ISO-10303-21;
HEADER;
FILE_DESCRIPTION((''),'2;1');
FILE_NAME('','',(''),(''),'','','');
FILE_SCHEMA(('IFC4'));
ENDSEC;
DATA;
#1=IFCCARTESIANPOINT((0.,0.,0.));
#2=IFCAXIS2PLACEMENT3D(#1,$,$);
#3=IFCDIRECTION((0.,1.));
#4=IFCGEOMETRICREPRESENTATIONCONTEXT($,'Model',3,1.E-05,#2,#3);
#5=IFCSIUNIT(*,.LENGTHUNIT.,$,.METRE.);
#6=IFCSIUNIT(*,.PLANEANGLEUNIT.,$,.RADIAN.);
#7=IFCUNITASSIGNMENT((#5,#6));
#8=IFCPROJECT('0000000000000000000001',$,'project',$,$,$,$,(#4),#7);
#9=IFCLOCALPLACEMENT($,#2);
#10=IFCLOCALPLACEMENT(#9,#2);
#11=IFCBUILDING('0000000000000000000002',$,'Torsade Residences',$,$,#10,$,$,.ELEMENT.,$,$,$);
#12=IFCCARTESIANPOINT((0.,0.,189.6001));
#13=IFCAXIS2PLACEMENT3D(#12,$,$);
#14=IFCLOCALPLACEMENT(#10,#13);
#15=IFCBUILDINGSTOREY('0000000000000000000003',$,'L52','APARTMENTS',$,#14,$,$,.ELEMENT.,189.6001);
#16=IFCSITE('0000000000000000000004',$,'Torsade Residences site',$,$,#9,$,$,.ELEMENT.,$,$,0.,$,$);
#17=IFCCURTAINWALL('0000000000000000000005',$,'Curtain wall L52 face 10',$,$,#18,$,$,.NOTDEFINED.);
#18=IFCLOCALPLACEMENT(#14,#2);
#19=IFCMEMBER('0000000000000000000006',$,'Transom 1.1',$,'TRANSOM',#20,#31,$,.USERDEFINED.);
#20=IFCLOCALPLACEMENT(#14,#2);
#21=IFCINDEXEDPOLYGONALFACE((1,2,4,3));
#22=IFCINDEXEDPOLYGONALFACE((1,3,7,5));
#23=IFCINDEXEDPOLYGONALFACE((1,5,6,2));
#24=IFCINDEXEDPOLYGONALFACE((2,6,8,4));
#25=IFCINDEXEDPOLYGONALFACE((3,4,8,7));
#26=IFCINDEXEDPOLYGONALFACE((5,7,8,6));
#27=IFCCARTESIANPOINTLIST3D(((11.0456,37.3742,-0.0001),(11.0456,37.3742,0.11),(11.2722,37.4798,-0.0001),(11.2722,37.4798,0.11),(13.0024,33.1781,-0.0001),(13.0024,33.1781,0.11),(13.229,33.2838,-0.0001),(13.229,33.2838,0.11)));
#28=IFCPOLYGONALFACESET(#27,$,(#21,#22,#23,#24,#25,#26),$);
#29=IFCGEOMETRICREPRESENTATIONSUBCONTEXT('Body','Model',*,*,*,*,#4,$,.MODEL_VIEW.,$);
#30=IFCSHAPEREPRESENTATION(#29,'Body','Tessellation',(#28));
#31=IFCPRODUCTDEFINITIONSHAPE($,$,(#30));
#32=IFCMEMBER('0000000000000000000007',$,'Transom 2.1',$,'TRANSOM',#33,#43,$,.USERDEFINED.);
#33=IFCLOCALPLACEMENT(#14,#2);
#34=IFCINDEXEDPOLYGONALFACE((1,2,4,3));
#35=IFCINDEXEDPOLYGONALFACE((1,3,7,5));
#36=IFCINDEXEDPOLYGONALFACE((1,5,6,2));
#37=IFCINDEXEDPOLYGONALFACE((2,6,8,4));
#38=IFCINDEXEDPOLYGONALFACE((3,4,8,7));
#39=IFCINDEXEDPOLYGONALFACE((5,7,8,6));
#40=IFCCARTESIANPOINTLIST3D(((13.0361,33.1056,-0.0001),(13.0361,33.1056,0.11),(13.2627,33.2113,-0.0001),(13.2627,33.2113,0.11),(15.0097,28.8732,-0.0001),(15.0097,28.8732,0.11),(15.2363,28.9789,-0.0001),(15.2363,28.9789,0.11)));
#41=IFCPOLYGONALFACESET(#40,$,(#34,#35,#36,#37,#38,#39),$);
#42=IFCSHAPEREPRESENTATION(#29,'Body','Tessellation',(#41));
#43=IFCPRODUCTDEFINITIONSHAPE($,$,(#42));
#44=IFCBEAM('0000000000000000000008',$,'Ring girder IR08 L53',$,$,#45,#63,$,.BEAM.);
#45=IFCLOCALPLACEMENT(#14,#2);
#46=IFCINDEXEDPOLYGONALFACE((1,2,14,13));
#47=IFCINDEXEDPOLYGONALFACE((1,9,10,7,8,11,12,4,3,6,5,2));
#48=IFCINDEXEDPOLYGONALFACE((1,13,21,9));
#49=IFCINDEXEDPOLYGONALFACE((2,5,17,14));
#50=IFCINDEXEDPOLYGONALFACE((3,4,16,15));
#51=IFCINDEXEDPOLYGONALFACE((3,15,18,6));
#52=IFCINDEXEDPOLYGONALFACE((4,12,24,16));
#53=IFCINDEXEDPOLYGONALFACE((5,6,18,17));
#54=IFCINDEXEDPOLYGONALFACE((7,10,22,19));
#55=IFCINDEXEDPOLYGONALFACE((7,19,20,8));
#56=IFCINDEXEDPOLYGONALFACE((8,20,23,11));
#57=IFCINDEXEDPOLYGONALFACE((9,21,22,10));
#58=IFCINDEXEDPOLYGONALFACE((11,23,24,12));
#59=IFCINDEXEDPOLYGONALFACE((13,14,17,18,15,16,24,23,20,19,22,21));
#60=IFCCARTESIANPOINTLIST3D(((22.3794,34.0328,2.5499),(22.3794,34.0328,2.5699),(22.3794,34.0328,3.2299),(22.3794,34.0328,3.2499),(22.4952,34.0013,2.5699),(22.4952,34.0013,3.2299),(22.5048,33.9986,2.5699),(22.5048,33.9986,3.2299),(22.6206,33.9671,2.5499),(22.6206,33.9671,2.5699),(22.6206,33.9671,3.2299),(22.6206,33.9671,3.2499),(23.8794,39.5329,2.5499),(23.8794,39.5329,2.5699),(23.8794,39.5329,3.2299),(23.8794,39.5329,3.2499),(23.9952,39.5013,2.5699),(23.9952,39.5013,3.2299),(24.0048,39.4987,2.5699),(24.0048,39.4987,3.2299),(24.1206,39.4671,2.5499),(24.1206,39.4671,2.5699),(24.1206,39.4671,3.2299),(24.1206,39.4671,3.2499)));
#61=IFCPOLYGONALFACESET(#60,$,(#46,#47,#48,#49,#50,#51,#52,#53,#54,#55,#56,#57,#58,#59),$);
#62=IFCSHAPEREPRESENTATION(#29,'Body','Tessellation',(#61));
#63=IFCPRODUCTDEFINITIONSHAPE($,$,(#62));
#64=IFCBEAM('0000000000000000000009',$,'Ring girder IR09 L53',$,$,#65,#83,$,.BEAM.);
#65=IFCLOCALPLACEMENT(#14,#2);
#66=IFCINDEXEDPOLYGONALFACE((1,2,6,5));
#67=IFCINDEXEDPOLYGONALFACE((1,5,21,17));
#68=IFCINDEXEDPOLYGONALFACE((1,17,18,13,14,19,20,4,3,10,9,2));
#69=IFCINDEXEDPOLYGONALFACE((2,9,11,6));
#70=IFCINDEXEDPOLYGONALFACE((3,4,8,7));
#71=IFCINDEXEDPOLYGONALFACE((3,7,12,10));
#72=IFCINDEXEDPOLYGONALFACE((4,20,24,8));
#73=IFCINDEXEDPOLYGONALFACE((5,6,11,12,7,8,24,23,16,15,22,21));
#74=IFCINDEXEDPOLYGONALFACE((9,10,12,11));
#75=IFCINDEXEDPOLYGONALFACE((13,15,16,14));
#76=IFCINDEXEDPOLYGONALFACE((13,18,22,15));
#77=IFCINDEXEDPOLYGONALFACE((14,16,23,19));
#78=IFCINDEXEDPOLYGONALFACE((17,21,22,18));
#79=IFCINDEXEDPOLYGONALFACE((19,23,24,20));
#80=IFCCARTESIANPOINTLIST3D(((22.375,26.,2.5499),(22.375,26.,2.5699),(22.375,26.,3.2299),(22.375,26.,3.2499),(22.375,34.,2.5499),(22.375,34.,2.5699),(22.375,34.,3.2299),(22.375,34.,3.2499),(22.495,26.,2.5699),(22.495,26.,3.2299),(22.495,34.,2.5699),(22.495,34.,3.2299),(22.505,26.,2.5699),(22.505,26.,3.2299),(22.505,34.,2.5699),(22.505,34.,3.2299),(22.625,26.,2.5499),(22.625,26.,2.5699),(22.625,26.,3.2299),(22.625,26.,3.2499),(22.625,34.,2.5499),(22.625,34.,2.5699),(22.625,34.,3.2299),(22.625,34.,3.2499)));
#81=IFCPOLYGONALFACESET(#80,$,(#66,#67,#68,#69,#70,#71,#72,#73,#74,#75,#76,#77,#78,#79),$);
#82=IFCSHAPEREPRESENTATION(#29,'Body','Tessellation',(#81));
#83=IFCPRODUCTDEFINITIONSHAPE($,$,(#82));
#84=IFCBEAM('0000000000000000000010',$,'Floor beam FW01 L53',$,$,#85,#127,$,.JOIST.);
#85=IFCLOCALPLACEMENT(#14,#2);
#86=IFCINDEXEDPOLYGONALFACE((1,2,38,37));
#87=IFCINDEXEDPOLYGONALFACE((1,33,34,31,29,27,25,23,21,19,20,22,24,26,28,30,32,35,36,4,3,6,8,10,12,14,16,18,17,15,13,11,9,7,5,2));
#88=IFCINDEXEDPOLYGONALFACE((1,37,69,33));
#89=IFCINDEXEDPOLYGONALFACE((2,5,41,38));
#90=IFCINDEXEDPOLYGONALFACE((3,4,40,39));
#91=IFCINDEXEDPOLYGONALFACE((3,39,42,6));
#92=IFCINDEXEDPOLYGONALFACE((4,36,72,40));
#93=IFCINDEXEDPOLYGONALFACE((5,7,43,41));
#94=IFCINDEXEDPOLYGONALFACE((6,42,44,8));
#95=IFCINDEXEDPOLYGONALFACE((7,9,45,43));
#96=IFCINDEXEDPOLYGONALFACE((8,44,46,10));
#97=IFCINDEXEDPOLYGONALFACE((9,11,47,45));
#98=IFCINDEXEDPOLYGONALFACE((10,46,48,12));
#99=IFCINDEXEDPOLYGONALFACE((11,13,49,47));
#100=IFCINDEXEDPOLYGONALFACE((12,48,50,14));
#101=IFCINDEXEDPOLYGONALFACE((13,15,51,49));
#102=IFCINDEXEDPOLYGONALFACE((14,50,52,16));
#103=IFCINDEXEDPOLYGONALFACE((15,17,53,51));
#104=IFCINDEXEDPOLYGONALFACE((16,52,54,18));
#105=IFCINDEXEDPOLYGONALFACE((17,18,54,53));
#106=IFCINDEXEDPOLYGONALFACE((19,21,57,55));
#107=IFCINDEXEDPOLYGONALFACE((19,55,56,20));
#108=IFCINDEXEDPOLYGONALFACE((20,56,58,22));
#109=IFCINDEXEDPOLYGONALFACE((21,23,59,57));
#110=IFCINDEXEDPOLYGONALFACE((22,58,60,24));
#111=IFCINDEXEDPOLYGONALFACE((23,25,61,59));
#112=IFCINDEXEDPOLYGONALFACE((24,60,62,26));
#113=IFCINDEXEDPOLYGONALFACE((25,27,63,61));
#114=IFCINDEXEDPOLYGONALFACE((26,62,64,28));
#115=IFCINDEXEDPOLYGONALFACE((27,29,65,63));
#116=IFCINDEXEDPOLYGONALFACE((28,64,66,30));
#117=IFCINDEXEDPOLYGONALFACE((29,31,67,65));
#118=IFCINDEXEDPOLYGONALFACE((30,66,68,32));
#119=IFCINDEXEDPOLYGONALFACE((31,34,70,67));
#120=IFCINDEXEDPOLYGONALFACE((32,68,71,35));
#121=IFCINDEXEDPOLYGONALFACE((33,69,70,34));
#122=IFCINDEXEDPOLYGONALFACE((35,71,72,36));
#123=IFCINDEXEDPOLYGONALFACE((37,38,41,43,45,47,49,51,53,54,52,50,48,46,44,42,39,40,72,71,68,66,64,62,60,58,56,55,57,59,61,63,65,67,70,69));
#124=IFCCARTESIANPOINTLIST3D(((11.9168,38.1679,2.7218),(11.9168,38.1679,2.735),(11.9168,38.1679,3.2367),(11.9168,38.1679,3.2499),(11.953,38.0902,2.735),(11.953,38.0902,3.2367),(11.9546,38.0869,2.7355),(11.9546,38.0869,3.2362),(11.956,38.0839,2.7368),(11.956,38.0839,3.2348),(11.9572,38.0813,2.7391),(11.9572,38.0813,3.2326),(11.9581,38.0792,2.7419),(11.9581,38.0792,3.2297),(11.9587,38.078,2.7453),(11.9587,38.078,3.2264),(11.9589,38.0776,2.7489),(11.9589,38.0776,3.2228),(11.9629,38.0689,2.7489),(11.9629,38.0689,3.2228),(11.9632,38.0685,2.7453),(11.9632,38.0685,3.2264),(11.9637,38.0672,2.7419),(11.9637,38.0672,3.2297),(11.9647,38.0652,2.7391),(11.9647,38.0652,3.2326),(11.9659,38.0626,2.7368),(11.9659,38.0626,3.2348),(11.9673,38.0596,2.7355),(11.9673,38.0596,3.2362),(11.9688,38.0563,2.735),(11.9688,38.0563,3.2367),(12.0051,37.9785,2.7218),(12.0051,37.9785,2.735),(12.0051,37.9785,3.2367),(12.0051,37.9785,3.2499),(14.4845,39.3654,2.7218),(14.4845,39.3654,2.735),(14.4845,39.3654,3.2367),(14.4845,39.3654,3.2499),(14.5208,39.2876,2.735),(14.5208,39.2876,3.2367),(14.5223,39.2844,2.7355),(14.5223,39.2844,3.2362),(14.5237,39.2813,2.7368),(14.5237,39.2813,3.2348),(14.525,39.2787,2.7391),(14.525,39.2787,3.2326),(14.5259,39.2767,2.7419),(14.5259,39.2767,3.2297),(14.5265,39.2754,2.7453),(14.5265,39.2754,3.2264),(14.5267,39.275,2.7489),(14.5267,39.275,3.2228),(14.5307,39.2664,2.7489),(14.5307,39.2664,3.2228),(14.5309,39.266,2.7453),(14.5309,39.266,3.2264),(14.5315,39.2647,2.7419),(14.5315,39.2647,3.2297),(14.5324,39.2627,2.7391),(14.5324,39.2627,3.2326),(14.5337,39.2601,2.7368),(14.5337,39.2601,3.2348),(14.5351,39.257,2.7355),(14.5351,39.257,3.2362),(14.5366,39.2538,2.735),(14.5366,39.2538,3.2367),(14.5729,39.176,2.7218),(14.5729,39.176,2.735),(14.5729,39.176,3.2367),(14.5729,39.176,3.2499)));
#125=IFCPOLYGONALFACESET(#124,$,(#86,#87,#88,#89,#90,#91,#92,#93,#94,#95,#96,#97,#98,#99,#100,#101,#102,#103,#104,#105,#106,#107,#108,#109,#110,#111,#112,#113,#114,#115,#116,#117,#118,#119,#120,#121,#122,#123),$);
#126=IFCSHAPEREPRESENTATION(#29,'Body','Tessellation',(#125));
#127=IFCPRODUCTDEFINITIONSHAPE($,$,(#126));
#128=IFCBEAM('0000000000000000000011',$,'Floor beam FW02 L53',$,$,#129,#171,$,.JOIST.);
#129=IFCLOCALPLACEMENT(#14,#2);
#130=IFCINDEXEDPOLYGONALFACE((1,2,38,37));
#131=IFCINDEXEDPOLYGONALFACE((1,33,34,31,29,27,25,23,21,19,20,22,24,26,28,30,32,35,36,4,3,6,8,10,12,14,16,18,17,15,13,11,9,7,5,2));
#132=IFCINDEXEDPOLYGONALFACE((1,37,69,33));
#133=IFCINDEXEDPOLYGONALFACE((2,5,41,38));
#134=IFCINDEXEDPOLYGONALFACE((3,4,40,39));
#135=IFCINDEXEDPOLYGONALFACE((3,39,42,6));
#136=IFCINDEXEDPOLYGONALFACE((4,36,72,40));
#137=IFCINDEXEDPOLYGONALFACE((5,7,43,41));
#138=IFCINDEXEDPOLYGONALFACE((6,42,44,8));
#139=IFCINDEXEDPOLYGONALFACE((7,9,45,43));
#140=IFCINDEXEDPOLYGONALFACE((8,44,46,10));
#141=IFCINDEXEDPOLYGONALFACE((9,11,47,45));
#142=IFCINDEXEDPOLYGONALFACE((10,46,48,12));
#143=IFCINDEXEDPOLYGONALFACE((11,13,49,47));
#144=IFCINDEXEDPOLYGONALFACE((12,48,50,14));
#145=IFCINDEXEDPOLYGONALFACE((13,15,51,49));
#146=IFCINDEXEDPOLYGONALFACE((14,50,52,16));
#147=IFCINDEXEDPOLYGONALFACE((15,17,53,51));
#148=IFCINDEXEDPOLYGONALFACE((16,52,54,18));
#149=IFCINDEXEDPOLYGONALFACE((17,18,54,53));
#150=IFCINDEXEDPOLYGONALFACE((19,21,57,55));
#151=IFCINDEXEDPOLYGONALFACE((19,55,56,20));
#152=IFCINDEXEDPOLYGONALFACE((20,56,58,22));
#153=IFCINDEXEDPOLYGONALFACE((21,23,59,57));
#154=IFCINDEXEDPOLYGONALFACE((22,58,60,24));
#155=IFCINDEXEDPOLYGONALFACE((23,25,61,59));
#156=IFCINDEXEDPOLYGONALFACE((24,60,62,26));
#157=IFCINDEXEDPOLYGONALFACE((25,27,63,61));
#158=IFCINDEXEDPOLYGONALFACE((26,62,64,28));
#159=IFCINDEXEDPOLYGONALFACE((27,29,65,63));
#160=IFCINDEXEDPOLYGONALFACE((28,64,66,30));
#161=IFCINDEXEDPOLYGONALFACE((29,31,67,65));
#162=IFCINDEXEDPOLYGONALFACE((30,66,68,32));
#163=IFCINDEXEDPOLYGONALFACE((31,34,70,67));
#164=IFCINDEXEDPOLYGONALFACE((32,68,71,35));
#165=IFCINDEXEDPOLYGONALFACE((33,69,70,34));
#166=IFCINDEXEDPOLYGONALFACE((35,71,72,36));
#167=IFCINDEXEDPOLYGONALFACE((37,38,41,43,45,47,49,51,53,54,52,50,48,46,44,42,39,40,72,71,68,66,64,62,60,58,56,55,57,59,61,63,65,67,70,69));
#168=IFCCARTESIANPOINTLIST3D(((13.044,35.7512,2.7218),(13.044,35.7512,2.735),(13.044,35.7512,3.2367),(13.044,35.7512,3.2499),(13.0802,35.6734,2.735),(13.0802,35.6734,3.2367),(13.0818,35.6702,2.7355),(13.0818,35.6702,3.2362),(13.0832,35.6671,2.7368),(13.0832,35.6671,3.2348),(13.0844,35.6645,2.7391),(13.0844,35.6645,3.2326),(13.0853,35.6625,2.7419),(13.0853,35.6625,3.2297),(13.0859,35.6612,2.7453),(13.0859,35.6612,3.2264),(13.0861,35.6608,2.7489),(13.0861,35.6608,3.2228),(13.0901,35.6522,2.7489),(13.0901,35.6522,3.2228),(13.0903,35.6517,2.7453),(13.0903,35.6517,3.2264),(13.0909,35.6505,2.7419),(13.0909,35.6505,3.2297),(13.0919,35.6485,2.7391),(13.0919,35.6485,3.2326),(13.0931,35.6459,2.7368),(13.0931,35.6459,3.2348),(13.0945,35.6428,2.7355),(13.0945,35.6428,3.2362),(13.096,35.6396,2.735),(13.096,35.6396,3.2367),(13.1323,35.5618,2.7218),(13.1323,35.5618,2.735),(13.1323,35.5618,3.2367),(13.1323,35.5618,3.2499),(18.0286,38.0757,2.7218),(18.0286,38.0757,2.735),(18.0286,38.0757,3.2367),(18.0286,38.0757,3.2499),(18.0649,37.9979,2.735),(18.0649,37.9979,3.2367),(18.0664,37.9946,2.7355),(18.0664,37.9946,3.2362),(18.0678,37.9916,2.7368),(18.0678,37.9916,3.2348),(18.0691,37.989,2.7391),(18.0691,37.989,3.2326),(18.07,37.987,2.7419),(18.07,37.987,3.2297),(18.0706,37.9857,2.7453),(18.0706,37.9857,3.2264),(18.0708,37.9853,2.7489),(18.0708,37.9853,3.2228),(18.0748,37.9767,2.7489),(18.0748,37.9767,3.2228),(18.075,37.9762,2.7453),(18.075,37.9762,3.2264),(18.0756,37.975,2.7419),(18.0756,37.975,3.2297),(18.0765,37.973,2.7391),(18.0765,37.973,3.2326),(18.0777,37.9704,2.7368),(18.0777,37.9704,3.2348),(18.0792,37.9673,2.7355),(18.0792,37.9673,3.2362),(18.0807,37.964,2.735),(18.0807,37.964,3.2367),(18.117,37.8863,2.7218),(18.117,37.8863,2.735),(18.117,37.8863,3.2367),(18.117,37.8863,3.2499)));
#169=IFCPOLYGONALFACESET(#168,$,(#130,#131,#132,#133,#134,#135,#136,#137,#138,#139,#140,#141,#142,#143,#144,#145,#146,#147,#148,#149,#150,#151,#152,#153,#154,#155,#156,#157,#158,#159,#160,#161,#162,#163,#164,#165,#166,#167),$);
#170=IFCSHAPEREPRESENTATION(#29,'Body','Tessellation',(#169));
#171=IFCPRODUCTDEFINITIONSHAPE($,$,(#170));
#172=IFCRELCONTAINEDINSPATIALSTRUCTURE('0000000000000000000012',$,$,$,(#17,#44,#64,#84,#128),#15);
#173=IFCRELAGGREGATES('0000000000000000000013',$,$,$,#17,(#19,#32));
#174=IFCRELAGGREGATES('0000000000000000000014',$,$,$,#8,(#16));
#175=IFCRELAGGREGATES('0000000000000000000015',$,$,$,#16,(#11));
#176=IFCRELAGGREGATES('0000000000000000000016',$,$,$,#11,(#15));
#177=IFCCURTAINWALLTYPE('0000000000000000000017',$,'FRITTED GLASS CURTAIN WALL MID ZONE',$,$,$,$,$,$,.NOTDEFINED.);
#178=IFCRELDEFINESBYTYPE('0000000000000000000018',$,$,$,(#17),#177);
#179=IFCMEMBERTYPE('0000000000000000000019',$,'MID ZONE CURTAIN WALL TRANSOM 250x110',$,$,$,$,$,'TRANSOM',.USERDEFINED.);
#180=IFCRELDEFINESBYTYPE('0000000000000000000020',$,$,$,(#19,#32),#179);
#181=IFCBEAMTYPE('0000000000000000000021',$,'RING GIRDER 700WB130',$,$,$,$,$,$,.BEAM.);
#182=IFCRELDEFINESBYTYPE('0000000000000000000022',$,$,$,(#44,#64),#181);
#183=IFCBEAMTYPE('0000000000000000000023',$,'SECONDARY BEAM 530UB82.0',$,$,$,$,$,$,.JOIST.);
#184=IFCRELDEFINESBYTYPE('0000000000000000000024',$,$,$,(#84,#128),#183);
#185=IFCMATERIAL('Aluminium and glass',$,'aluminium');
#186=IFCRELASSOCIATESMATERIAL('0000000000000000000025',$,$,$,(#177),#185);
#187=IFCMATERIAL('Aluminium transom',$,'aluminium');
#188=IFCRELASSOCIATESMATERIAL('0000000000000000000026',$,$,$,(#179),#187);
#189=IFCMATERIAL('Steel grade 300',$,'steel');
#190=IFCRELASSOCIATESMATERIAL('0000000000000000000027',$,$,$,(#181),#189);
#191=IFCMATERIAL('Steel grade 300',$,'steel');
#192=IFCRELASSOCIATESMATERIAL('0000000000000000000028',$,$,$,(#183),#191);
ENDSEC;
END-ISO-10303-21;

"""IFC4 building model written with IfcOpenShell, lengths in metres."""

from ifc_helpers import new_model, si_unit, direction, frame, origin, origin_2d, place, context, subcontext, project, spatial, rectangle, i_section, extrude, material, material_profile, profile_set, type_object, element, aggregate, save


model = new_model("IFC4")

# Units and contexts
model_context = context("Model", 3, precision=1e-05, world=origin(), true_north=direction((0.0, 1.0)))
body_context = subcontext(model_context, "Body", "Model", "MODEL_VIEW")
ifc_project = project(units=[si_unit("LENGTHUNIT", "METRE"), si_unit("PLANEANGLEUNIT", "RADIAN")], contexts=[model_context])

# Site, building, storey
site_placement = place(None, origin())
site = spatial("IfcSite", under=ifc_project, at=site_placement, Name="Torsade Residences site", CompositionType="ELEMENT", RefElevation=0.0)
building_placement = place(site_placement, origin())
building = spatial("IfcBuilding", under=site, at=building_placement, Name="Torsade Residences", CompositionType="ELEMENT")
storey_placement = place(building_placement, frame((0.0, 0.0, 189.6001)))
storey = spatial("IfcBuildingStorey", under=building, at=storey_placement, Name="L52", Description="APARTMENTS", CompositionType="ELEMENT", Elevation=189.6001)

# Curtain wall, members
ifc_material_1 = material(Name="Aluminium and glass", Category="aluminium")
curtain_wall_type = type_object("IfcCurtainWallType", Name="FRITTED GLASS CURTAIN WALL MID ZONE", PredefinedType="NOTDEFINED", material=ifc_material_1)
curtain_wall_placement = place(storey_placement, origin())
curtain_wall = element("IfcCurtainWall", 1, at=curtain_wall_placement, inside=storey, type_object=curtain_wall_type, Name="Curtain wall L52 face 10", PredefinedType="NOTDEFINED")
ifc_material_2 = material(Name="Aluminium transom", Category="aluminium")
ifc_material_profile_1 = material_profile(ifc_material_2, rectangle(XDim=0.25, YDim=0.1101, at=origin_2d()), Name="MID ZONE CURTAIN WALL TRANSOM 250x110")
ifc_profile_set_1 = profile_set([ifc_material_profile_1], Name="Aluminium transom")
member_type_1 = type_object("IfcMemberType", Name="MID ZONE CURTAIN WALL TRANSOM 250x110", ElementType="TRANSOM", PredefinedType="USERDEFINED", material=ifc_profile_set_1)
member_1_placement = place(storey_placement, frame((11.1589, 37.427, 0.0549), z_axis=(0.422643, -0.906296, 0.0), x_axis=(0.906296, 0.422643, 0.0)))
member_1 = element("IfcMember", 2, at=member_1_placement, type_object=member_type_1, Name="Transom 1.1", ObjectType="TRANSOM", PredefinedType="USERDEFINED", context=body_context, shape_type="SweptSolid", body=[
    extrude(rectangle(XDim=0.25, YDim=0.1101, at=origin_2d()), origin(), (0.0, 0.0, 1.0), 4.6299),
])
member_2_placement = place(storey_placement, frame((13.1494, 33.1584, 0.0549), z_axis=(0.422622, -0.906306, 0.0), x_axis=(0.906306, 0.422622, 0.0)))
member_2 = element("IfcMember", 3, at=member_2_placement, type_object=member_type_1, Name="Transom 2.1", ObjectType="TRANSOM", PredefinedType="USERDEFINED", context=body_context, shape_type="SweptSolid", body=[
    extrude(rectangle(XDim=0.25, YDim=0.1101, at=origin_2d()), origin(), (0.0, 0.0, 1.0), 4.6699),
])

# Beams
ifc_material_3 = material(Name="Steel grade 300", Category="steel")
ifc_material_profile_2 = material_profile(ifc_material_3, i_section(OverallWidth=0.25, OverallDepth=0.7, WebThickness=0.01, FlangeThickness=0.02, at=origin_2d()), Name="700WB130")
ifc_profile_set_2 = profile_set([ifc_material_profile_2], Name="Steel grade 300")
beam_type_1 = type_object("IfcBeamType", Name="RING GIRDER 700WB130", PredefinedType="BEAM", material=ifc_profile_set_2)
beam_1_placement = place(storey_placement, frame((24.0, 39.5, 2.8999), z_axis=(-0.263117, -0.964764, 0.0), x_axis=(0.964764, -0.263117, 0.0)))
element("IfcBeam", 4, at=beam_1_placement, inside=storey, type_object=beam_type_1, Name="Ring girder IR08 L53", PredefinedType="BEAM", context=body_context, shape_type="SweptSolid", body=[
    extrude(i_section(OverallWidth=0.25, OverallDepth=0.7, WebThickness=0.01, FlangeThickness=0.02, at=origin_2d()), origin(), (0.0, 0.0, 1.0), 5.7009),
])
beam_2_placement = place(storey_placement, frame((22.5, 34.0, 2.8999), z_axis=(0.0, -1.0, 0.0), x_axis=(1.0, 0.0, 0.0)))
element("IfcBeam", 5, at=beam_2_placement, inside=storey, type_object=beam_type_1, Name="Ring girder IR09 L53", PredefinedType="BEAM", context=body_context, shape_type="SweptSolid", body=[
    extrude(i_section(OverallWidth=0.25, OverallDepth=0.7, WebThickness=0.01, FlangeThickness=0.02, at=origin_2d()), origin(), (0.0, 0.0, 1.0), 8.0),
])
ifc_material_4 = material(Name="Steel grade 300", Category="steel")
ifc_material_profile_3 = material_profile(ifc_material_4, i_section(OverallWidth=0.209, OverallDepth=0.5281, WebThickness=0.0095, FlangeThickness=0.0132, FilletRadius=0.0139, at=origin_2d()), Name="530UB82.0")
ifc_profile_set_3 = profile_set([ifc_material_profile_3], Name="Steel grade 300")
beam_type_2 = type_object("IfcBeamType", Name="SECONDARY BEAM 530UB82.0", PredefinedType="JOIST", material=ifc_profile_set_3)
beam_3_placement = place(storey_placement, frame((11.9609, 38.0732, 2.9858), z_axis=(0.906295, 0.422645, 0.0), x_axis=(-0.422645, 0.906295, 0.0)))
element("IfcBeam", 6, at=beam_3_placement, inside=storey, type_object=beam_type_2, Name="Floor beam FW01 L53", PredefinedType="JOIST", context=body_context, shape_type="SweptSolid", body=[
    extrude(i_section(OverallWidth=0.209, OverallDepth=0.5281, WebThickness=0.0095, FlangeThickness=0.0132, FilletRadius=0.0139, at=origin_2d()), origin(), (0.0, 0.0, 1.0), 2.8333),
])
beam_4_placement = place(storey_placement, frame((13.0881, 35.6565, 2.9858), z_axis=(0.906301, 0.422633, 0.0), x_axis=(-0.422633, 0.906301, 0.0)))
element("IfcBeam", 7, at=beam_4_placement, inside=storey, type_object=beam_type_2, Name="Floor beam FW02 L53", PredefinedType="JOIST", context=body_context, shape_type="SweptSolid", body=[
    extrude(i_section(OverallWidth=0.209, OverallDepth=0.5281, WebThickness=0.0095, FlangeThickness=0.0132, FilletRadius=0.0139, at=origin_2d()), origin(), (0.0, 0.0, 1.0), 5.5),
])

aggregate(curtain_wall, [member_1, member_2])

save(model, "model.ifc")
